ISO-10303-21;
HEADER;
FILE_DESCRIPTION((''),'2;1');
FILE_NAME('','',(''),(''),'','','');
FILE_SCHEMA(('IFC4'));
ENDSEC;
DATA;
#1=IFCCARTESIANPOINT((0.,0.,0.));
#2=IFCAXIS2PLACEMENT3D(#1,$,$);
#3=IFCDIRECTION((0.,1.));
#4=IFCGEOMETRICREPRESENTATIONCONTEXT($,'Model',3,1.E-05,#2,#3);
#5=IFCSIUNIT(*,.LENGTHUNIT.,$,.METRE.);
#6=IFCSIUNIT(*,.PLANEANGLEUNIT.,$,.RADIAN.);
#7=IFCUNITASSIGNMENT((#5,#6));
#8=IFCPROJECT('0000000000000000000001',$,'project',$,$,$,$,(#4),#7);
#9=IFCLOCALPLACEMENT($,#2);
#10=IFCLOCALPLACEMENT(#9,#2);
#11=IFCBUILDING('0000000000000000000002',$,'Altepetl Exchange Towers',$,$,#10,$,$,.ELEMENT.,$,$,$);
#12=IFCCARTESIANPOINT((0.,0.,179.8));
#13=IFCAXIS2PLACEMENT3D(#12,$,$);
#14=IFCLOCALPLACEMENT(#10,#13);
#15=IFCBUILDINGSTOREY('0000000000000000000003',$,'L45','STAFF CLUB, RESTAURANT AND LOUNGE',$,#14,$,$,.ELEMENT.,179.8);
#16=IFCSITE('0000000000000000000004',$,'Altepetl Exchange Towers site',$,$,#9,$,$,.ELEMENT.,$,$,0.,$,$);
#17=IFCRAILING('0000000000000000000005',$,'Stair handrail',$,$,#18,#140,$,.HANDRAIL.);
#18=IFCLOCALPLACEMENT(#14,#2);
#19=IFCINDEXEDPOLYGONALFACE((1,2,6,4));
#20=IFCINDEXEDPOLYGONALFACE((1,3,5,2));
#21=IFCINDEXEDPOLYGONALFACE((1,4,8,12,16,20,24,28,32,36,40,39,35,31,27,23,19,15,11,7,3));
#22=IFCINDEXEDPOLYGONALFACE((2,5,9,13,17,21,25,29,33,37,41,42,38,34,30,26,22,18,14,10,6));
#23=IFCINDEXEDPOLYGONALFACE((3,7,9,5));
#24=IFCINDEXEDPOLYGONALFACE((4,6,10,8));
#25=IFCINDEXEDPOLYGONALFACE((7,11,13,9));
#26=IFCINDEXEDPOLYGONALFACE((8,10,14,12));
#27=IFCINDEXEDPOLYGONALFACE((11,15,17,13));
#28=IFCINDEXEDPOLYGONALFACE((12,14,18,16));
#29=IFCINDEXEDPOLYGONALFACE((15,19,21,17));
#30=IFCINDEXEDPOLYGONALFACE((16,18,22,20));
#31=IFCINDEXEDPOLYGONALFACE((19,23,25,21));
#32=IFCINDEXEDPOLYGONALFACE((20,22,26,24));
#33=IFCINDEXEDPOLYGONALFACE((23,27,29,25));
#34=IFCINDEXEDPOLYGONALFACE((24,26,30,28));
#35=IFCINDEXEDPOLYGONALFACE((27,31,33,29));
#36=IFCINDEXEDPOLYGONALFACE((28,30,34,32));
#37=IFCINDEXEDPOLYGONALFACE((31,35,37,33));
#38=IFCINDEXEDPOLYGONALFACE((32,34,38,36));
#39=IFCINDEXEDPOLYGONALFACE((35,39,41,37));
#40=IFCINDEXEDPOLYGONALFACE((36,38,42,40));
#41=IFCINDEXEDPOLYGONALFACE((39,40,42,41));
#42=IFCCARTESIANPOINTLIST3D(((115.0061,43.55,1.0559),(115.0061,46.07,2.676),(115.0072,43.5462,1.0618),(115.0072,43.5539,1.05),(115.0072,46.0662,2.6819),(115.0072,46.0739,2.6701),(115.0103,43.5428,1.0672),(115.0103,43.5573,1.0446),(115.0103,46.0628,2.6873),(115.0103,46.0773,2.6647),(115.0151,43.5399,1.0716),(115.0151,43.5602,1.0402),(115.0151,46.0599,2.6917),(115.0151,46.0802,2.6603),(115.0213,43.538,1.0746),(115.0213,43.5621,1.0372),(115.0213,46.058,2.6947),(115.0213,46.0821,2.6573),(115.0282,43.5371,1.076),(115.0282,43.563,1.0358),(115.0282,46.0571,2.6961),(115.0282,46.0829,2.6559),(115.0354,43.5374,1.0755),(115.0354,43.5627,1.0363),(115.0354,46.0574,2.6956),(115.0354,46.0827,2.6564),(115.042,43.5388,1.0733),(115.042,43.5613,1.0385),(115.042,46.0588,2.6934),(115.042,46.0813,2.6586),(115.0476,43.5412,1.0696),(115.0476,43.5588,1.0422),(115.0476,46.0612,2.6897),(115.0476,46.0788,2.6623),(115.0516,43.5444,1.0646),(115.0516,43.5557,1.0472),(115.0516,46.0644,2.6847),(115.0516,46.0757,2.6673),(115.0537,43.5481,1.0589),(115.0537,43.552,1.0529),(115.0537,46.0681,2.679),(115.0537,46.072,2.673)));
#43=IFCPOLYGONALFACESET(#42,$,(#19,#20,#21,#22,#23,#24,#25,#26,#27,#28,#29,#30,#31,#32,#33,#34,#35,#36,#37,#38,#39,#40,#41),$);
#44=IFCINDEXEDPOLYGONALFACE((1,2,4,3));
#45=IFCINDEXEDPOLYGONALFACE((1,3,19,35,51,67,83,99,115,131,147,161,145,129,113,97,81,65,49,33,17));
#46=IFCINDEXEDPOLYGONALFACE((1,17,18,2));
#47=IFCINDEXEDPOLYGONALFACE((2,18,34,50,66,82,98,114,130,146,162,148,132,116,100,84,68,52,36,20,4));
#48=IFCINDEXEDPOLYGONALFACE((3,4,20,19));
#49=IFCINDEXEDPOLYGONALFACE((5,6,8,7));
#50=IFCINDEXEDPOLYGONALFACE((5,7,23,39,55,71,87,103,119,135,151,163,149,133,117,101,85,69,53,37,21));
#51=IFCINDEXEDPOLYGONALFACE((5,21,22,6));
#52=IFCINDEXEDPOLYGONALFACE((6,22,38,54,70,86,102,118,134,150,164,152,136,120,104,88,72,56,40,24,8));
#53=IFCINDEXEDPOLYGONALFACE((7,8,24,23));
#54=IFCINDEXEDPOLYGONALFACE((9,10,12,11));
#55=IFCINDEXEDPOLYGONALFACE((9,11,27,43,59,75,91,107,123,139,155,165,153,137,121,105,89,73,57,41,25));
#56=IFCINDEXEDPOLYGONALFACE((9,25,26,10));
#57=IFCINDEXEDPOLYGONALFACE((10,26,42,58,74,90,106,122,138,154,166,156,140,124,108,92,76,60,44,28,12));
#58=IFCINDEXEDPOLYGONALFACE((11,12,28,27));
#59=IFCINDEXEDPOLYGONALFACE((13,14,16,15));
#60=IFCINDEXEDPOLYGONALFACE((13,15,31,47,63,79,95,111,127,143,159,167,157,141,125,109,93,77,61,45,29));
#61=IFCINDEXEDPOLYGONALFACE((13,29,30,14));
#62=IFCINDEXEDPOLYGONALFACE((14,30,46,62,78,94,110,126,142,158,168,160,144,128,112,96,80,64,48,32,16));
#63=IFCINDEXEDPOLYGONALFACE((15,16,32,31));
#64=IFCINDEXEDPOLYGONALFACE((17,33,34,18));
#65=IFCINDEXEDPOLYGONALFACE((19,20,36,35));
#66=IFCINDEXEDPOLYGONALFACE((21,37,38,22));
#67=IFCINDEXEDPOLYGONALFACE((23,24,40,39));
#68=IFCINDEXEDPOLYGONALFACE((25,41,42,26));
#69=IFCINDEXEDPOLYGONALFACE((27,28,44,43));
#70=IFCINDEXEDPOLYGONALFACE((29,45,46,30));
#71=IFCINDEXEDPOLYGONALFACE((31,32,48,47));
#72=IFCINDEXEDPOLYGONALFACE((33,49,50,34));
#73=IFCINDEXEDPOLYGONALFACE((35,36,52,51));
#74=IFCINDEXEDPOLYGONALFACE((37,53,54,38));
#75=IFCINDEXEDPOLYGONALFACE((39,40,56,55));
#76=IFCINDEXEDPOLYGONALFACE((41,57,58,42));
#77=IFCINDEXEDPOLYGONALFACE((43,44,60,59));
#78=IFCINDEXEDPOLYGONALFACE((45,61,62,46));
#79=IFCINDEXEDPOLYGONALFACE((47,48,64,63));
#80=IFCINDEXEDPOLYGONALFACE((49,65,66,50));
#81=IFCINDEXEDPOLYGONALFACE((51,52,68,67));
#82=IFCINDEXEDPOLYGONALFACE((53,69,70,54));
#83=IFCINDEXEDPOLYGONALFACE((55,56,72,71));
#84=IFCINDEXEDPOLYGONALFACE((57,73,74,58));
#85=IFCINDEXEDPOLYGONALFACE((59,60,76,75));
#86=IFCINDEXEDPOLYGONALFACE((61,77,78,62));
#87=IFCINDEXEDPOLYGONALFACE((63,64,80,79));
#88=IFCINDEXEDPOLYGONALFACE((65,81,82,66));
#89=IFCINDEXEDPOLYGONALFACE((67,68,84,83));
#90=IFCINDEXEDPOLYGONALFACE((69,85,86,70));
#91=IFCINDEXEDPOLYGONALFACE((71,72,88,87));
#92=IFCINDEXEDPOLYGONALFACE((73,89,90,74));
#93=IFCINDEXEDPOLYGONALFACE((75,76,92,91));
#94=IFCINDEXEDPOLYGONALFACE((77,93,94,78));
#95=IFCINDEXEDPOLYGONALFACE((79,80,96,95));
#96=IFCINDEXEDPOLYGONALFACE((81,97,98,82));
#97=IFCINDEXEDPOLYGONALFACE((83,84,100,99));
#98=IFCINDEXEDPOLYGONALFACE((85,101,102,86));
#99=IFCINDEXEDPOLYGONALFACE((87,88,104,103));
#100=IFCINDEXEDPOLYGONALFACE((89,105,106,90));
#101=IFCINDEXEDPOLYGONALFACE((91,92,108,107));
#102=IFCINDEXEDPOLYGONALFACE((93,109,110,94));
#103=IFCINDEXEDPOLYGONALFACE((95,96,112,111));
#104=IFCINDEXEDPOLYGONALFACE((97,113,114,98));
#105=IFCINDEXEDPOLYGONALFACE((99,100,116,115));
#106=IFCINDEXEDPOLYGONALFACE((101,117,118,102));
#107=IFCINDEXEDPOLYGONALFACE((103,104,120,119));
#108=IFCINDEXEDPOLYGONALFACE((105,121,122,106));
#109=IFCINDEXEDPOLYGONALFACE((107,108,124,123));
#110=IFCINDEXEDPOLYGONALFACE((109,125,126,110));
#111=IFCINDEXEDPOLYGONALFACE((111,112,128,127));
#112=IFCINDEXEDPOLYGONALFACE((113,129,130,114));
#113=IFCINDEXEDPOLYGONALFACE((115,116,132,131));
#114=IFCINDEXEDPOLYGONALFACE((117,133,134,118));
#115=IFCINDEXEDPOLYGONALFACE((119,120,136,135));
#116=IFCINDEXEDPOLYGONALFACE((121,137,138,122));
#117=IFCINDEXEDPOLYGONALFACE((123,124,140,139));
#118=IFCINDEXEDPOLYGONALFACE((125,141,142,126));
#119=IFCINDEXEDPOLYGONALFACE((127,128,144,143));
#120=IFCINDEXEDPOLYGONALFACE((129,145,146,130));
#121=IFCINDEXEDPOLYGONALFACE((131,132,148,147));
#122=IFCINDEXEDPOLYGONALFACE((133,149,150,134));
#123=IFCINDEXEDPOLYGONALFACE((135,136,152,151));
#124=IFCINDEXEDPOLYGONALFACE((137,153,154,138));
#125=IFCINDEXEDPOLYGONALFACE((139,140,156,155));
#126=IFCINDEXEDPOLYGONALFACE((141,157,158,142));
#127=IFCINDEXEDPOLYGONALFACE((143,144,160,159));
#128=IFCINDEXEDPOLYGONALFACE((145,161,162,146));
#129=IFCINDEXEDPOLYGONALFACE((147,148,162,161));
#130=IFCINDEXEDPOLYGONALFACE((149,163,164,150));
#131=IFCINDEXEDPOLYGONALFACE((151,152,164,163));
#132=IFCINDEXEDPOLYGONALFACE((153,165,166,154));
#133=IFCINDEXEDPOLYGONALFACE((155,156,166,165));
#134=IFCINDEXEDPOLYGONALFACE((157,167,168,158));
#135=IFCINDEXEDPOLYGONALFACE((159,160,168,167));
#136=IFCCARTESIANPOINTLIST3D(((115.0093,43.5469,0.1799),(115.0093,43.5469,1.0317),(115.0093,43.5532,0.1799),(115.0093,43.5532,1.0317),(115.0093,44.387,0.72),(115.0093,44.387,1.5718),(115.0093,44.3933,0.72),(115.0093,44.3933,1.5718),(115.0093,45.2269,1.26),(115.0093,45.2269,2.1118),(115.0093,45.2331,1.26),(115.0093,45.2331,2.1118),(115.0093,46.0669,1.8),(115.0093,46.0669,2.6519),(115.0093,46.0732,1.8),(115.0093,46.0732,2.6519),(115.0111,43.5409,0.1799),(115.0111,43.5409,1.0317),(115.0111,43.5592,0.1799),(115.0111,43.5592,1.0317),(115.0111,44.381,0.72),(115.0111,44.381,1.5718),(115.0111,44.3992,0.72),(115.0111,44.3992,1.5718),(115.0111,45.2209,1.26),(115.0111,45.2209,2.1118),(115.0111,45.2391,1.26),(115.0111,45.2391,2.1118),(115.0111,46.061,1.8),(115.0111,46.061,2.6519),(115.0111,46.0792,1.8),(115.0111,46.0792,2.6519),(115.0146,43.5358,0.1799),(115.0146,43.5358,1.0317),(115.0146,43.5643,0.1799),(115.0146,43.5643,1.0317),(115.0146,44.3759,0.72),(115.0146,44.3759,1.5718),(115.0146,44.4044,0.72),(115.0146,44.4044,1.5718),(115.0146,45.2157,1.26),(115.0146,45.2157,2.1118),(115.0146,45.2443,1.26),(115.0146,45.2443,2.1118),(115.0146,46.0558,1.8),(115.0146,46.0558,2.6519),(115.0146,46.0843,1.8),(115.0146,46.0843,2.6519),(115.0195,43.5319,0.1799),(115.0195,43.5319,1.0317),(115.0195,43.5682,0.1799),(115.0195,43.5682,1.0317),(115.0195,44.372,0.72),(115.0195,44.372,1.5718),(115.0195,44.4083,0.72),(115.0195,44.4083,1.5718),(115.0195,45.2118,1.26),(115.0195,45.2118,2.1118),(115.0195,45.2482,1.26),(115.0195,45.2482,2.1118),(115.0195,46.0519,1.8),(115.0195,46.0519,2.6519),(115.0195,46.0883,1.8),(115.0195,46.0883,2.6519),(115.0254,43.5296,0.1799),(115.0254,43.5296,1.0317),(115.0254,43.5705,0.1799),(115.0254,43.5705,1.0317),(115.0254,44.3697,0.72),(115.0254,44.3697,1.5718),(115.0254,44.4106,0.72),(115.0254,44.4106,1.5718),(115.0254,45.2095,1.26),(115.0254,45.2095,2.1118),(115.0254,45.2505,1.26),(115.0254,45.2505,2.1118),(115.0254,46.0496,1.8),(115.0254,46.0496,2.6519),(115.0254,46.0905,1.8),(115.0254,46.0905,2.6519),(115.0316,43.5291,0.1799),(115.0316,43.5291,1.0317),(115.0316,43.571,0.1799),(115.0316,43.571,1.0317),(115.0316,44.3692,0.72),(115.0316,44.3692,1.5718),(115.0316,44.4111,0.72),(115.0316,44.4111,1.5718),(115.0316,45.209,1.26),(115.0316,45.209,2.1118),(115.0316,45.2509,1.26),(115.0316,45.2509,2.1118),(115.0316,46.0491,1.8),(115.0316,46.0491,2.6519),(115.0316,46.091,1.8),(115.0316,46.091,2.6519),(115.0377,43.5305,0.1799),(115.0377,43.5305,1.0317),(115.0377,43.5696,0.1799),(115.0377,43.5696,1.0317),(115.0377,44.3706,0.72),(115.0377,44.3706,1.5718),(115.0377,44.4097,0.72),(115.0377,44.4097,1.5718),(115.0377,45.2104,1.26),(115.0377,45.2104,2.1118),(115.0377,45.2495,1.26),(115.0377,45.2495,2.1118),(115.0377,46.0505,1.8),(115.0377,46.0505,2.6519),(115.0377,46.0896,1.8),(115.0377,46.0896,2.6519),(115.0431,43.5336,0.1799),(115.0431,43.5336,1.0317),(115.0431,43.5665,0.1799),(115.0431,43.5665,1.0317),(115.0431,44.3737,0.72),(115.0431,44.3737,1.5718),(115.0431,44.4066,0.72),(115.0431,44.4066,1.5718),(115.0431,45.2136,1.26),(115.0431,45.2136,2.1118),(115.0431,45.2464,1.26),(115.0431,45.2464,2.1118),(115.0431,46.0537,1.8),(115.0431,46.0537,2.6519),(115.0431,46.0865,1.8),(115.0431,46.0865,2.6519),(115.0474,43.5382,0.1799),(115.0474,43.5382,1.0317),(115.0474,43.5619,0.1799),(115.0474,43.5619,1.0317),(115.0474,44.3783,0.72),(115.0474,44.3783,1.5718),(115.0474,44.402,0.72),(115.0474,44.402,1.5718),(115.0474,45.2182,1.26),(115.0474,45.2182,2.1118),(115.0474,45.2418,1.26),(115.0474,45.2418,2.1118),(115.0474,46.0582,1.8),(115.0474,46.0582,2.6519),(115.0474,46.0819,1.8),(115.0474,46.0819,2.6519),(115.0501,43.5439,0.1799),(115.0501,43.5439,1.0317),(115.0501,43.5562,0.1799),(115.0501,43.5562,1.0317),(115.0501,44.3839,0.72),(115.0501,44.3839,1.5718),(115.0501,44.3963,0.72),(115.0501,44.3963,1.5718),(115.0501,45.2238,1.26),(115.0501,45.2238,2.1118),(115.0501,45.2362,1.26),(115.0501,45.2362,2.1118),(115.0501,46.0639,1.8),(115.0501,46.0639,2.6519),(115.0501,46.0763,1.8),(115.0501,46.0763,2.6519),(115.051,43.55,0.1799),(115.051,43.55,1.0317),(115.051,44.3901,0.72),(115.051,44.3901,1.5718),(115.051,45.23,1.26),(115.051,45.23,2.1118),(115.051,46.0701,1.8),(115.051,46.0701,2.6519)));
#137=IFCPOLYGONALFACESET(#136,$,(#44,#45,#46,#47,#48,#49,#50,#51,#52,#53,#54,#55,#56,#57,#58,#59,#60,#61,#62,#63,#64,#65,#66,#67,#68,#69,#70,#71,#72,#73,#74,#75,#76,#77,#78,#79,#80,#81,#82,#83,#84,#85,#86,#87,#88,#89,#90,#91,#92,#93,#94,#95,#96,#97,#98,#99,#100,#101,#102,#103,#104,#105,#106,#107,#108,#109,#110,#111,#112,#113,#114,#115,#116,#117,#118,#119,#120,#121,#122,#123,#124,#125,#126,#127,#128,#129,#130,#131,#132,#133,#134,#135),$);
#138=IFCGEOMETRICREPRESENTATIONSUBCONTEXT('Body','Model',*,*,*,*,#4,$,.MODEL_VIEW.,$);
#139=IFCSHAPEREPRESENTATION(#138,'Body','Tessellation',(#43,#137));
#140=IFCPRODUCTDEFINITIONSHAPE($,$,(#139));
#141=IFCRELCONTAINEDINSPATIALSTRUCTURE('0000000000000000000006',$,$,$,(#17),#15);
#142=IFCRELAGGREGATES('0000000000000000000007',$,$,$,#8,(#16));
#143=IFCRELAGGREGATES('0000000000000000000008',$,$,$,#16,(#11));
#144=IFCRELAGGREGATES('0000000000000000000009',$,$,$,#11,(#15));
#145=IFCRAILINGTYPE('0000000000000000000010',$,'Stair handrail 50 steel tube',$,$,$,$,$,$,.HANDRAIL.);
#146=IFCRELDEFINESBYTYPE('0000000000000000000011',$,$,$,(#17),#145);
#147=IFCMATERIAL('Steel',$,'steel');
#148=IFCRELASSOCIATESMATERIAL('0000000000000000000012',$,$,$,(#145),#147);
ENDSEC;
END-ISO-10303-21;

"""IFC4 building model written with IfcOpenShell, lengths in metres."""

from ifc_helpers import new_model, si_unit, direction, frame, origin, origin_2d, place, context, subcontext, project, spatial, circle, extrude, source, transform, mapped, material, type_object, element, save


model = new_model("IFC4")

# Units and contexts
model_context = context("Model", 3, precision=1e-05, world=origin(), true_north=direction((0.0, 1.0)))
body_context = subcontext(model_context, "Body", "Model", "MODEL_VIEW")
ifc_project = project(units=[si_unit("LENGTHUNIT", "METRE"), si_unit("PLANEANGLEUNIT", "RADIAN")], contexts=[model_context])

# Site, building, storey
site_placement = place(None, origin())
site = spatial("IfcSite", under=ifc_project, at=site_placement, Name="Altepetl Exchange Towers site", CompositionType="ELEMENT", RefElevation=0.0)
building_placement = place(site_placement, origin())
building = spatial("IfcBuilding", under=site, at=building_placement, Name="Altepetl Exchange Towers", CompositionType="ELEMENT")
storey_placement = place(building_placement, frame((0.0, 0.0, 179.8)))
storey = spatial("IfcBuildingStorey", under=building, at=storey_placement, Name="L45", Description="STAFF CLUB, RESTAURANT AND LOUNGE", CompositionType="ELEMENT", Elevation=179.8)

# Railing
ifc_material_1 = material(Name="Steel", Category="steel")
railing_type = type_object("IfcRailingType", Name="Stair handrail 50 steel tube", PredefinedType="HANDRAIL", material=ifc_material_1)
shared_shape = source(origin(), body_context, "Body", "SweptSolid", [
    extrude(circle(Radius=0.021, at=origin_2d()), origin(), (0.0, 0.0, 1.0), 0.8518),
])
railing_1_placement = place(storey_placement, frame((115.03, 43.55, 0.1799)))
element("IfcRailing", 1, at=railing_1_placement, inside=storey, type_object=railing_type, Name="Stair handrail", PredefinedType="HANDRAIL", context=body_context, shape_type="SweptSolid", body=[
    extrude(circle(Radius=0.0239, at=origin_2d()), frame((0.0, 0.0, 0.876), z_axis=(0.0, 0.841163, 0.540782), x_axis=(-1.0, 0.0, 0.0)), (0.0, 0.0, 1.0), 2.9958),
    mapped(shared_shape, transform((0.0, 0.0, 0.0))),
    mapped(shared_shape, transform((0.0, 0.8401, 0.54))),
    mapped(shared_shape, transform((0.0, 1.6799, 1.0801))),
    mapped(shared_shape, transform((0.0, 2.52, 1.6201))),
])

save(model, "model.ifc")
